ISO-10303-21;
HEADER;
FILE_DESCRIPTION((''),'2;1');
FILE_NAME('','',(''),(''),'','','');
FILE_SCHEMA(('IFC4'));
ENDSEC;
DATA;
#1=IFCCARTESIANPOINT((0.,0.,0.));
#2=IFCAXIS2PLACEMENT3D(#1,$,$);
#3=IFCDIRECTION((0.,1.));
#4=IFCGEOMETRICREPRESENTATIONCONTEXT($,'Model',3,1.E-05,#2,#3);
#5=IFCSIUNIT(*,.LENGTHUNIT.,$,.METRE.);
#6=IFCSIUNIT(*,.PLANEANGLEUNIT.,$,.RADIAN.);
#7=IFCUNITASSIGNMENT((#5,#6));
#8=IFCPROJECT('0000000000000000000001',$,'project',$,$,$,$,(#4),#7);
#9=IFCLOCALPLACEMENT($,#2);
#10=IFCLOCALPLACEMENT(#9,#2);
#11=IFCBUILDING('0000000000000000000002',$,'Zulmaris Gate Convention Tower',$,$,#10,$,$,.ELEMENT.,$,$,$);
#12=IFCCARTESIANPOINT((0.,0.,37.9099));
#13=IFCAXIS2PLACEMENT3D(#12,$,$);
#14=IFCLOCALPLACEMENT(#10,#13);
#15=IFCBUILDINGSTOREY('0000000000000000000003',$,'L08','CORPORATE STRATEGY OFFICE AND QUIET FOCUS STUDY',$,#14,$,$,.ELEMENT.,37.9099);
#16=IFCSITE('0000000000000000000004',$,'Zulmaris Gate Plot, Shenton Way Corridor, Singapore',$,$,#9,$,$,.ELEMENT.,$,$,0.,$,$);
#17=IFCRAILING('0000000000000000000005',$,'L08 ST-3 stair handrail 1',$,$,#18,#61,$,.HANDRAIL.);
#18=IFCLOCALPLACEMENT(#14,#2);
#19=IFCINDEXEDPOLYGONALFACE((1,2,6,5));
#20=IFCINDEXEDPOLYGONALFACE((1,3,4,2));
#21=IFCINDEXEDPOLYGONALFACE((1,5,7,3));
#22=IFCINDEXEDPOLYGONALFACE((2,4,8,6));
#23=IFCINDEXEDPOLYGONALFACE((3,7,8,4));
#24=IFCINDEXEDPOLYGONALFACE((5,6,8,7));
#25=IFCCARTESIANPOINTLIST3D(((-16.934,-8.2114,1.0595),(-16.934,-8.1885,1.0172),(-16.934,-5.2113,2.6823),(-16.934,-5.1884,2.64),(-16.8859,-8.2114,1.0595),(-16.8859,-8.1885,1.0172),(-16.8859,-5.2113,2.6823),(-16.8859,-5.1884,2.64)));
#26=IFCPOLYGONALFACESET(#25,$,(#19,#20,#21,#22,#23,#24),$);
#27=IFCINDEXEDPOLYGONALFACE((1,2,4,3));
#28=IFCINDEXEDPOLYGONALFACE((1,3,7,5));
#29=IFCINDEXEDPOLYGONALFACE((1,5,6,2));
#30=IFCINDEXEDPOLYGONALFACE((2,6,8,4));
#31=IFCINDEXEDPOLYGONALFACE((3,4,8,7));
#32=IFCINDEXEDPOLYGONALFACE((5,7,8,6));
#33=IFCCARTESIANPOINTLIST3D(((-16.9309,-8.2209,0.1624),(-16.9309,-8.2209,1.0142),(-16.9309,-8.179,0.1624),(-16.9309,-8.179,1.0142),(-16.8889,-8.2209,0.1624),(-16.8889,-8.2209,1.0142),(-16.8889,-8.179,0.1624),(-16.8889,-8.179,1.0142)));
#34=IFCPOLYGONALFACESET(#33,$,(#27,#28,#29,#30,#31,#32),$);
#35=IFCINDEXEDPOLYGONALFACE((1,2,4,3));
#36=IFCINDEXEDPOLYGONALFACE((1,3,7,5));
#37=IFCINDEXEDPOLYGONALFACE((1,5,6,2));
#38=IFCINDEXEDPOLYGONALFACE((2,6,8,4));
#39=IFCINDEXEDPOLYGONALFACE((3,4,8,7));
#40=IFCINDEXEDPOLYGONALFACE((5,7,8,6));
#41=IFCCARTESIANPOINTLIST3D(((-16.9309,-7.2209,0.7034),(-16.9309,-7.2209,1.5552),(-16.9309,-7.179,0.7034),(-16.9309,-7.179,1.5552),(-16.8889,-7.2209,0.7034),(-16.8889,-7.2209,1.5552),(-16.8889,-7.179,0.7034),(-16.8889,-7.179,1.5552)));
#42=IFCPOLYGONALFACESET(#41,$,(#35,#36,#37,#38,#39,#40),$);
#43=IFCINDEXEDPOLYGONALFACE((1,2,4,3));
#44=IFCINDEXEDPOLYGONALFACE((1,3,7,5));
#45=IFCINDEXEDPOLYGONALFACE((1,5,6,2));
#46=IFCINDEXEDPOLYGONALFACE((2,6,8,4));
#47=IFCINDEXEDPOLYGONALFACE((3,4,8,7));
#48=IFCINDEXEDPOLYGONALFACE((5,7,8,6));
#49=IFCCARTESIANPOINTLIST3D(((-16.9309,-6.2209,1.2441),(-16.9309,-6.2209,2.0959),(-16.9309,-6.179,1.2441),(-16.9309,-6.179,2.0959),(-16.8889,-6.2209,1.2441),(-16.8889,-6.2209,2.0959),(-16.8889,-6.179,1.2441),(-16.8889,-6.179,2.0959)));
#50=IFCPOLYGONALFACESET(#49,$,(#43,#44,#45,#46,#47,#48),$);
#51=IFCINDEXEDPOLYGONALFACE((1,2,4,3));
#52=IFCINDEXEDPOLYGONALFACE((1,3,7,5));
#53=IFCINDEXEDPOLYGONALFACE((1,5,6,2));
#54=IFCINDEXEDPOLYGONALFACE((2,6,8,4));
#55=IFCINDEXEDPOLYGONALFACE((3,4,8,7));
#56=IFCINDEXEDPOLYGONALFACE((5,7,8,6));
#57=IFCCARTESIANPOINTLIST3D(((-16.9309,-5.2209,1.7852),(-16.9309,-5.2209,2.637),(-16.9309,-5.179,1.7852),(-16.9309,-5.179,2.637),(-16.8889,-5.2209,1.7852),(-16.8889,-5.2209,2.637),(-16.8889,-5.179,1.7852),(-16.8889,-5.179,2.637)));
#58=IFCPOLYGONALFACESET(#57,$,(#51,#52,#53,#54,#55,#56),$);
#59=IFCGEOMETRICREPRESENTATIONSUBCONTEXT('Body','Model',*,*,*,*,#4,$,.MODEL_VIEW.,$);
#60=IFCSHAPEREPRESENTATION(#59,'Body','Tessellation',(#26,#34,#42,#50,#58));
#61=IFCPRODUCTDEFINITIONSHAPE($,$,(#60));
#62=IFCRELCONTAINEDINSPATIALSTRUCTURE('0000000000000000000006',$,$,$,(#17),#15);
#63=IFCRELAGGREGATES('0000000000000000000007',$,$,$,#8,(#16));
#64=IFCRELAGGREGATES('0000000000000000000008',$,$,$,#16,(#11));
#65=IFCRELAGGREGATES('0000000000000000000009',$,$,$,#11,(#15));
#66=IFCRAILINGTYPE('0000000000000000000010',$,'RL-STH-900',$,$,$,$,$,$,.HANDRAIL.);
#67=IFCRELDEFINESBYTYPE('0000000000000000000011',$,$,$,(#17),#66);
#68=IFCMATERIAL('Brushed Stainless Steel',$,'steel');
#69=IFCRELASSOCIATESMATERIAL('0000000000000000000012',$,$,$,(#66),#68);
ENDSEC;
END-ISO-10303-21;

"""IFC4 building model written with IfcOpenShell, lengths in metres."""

from ifc_helpers import new_model, si_unit, direction, frame, origin, origin_2d, place, context, subcontext, project, spatial, rectangle, extrude, material, type_object, element, save


model = new_model("IFC4")

# Units and contexts
model_context = context("Model", 3, precision=1e-05, world=origin(), true_north=direction((0.0, 1.0)))
body_context = subcontext(model_context, "Body", "Model", "MODEL_VIEW")
ifc_project = project(units=[si_unit("LENGTHUNIT", "METRE"), si_unit("PLANEANGLEUNIT", "RADIAN")], contexts=[model_context])

# Site, building, storey
site_placement = place(None, origin())
site = spatial("IfcSite", under=ifc_project, at=site_placement, Name="Zulmaris Gate Plot, Shenton Way Corridor, Singapore", CompositionType="ELEMENT", RefElevation=0.0)
building_placement = place(site_placement, origin())
building = spatial("IfcBuilding", under=site, at=building_placement, Name="Zulmaris Gate Convention Tower", CompositionType="ELEMENT")
storey_placement = place(building_placement, frame((0.0, 0.0, 37.9099)))
storey = spatial("IfcBuildingStorey", under=building, at=storey_placement, Name="L08", Description="CORPORATE STRATEGY OFFICE AND QUIET FOCUS STUDY", CompositionType="ELEMENT", Elevation=37.9099)

# Shared definitions
ifc_material_1 = material(Name="Brushed Stainless Steel", Category="steel")

# Railing
railing_type_1 = type_object("IfcRailingType", Name="RL-STH-900", PredefinedType="HANDRAIL", material=ifc_material_1)
for number, where, name in (
    (1, (-16.9099, -8.2, 0.1624), "L08 ST-3 stair handrail 1"),
):
    element("IfcRailing", number, at=place(storey_placement, frame(where)), inside=storey, type_object=railing_type_1, Name=name, PredefinedType="HANDRAIL", context=body_context, shape_type="SweptSolid", body=[
        extrude(rectangle(XDim=0.0481, YDim=0.0481, at=origin_2d()), frame((0.0, 0.0, 0.876), z_axis=(0.0, 0.879562, 0.475785), x_axis=(-1.0, 0.0, 0.0)), (0.0, 0.0, 1.0), 3.4109),
        extrude(rectangle(XDim=0.042, YDim=0.042, at=origin_2d()), origin(), (0.0, 0.0, 1.0), 0.8518),
        extrude(rectangle(XDim=0.042, YDim=0.042, at=origin_2d()), frame((0.0, 1.0, 0.541)), (0.0, 0.0, 1.0), 0.8518),
        extrude(rectangle(XDim=0.042, YDim=0.042, at=origin_2d()), frame((0.0, 2.0, 1.0818)), (0.0, 0.0, 1.0), 0.8518),
        extrude(rectangle(XDim=0.042, YDim=0.042, at=origin_2d()), frame((0.0, 3.0, 1.6228)), (0.0, 0.0, 1.0), 0.8518),
    ])

save(model, "model.ifc")
